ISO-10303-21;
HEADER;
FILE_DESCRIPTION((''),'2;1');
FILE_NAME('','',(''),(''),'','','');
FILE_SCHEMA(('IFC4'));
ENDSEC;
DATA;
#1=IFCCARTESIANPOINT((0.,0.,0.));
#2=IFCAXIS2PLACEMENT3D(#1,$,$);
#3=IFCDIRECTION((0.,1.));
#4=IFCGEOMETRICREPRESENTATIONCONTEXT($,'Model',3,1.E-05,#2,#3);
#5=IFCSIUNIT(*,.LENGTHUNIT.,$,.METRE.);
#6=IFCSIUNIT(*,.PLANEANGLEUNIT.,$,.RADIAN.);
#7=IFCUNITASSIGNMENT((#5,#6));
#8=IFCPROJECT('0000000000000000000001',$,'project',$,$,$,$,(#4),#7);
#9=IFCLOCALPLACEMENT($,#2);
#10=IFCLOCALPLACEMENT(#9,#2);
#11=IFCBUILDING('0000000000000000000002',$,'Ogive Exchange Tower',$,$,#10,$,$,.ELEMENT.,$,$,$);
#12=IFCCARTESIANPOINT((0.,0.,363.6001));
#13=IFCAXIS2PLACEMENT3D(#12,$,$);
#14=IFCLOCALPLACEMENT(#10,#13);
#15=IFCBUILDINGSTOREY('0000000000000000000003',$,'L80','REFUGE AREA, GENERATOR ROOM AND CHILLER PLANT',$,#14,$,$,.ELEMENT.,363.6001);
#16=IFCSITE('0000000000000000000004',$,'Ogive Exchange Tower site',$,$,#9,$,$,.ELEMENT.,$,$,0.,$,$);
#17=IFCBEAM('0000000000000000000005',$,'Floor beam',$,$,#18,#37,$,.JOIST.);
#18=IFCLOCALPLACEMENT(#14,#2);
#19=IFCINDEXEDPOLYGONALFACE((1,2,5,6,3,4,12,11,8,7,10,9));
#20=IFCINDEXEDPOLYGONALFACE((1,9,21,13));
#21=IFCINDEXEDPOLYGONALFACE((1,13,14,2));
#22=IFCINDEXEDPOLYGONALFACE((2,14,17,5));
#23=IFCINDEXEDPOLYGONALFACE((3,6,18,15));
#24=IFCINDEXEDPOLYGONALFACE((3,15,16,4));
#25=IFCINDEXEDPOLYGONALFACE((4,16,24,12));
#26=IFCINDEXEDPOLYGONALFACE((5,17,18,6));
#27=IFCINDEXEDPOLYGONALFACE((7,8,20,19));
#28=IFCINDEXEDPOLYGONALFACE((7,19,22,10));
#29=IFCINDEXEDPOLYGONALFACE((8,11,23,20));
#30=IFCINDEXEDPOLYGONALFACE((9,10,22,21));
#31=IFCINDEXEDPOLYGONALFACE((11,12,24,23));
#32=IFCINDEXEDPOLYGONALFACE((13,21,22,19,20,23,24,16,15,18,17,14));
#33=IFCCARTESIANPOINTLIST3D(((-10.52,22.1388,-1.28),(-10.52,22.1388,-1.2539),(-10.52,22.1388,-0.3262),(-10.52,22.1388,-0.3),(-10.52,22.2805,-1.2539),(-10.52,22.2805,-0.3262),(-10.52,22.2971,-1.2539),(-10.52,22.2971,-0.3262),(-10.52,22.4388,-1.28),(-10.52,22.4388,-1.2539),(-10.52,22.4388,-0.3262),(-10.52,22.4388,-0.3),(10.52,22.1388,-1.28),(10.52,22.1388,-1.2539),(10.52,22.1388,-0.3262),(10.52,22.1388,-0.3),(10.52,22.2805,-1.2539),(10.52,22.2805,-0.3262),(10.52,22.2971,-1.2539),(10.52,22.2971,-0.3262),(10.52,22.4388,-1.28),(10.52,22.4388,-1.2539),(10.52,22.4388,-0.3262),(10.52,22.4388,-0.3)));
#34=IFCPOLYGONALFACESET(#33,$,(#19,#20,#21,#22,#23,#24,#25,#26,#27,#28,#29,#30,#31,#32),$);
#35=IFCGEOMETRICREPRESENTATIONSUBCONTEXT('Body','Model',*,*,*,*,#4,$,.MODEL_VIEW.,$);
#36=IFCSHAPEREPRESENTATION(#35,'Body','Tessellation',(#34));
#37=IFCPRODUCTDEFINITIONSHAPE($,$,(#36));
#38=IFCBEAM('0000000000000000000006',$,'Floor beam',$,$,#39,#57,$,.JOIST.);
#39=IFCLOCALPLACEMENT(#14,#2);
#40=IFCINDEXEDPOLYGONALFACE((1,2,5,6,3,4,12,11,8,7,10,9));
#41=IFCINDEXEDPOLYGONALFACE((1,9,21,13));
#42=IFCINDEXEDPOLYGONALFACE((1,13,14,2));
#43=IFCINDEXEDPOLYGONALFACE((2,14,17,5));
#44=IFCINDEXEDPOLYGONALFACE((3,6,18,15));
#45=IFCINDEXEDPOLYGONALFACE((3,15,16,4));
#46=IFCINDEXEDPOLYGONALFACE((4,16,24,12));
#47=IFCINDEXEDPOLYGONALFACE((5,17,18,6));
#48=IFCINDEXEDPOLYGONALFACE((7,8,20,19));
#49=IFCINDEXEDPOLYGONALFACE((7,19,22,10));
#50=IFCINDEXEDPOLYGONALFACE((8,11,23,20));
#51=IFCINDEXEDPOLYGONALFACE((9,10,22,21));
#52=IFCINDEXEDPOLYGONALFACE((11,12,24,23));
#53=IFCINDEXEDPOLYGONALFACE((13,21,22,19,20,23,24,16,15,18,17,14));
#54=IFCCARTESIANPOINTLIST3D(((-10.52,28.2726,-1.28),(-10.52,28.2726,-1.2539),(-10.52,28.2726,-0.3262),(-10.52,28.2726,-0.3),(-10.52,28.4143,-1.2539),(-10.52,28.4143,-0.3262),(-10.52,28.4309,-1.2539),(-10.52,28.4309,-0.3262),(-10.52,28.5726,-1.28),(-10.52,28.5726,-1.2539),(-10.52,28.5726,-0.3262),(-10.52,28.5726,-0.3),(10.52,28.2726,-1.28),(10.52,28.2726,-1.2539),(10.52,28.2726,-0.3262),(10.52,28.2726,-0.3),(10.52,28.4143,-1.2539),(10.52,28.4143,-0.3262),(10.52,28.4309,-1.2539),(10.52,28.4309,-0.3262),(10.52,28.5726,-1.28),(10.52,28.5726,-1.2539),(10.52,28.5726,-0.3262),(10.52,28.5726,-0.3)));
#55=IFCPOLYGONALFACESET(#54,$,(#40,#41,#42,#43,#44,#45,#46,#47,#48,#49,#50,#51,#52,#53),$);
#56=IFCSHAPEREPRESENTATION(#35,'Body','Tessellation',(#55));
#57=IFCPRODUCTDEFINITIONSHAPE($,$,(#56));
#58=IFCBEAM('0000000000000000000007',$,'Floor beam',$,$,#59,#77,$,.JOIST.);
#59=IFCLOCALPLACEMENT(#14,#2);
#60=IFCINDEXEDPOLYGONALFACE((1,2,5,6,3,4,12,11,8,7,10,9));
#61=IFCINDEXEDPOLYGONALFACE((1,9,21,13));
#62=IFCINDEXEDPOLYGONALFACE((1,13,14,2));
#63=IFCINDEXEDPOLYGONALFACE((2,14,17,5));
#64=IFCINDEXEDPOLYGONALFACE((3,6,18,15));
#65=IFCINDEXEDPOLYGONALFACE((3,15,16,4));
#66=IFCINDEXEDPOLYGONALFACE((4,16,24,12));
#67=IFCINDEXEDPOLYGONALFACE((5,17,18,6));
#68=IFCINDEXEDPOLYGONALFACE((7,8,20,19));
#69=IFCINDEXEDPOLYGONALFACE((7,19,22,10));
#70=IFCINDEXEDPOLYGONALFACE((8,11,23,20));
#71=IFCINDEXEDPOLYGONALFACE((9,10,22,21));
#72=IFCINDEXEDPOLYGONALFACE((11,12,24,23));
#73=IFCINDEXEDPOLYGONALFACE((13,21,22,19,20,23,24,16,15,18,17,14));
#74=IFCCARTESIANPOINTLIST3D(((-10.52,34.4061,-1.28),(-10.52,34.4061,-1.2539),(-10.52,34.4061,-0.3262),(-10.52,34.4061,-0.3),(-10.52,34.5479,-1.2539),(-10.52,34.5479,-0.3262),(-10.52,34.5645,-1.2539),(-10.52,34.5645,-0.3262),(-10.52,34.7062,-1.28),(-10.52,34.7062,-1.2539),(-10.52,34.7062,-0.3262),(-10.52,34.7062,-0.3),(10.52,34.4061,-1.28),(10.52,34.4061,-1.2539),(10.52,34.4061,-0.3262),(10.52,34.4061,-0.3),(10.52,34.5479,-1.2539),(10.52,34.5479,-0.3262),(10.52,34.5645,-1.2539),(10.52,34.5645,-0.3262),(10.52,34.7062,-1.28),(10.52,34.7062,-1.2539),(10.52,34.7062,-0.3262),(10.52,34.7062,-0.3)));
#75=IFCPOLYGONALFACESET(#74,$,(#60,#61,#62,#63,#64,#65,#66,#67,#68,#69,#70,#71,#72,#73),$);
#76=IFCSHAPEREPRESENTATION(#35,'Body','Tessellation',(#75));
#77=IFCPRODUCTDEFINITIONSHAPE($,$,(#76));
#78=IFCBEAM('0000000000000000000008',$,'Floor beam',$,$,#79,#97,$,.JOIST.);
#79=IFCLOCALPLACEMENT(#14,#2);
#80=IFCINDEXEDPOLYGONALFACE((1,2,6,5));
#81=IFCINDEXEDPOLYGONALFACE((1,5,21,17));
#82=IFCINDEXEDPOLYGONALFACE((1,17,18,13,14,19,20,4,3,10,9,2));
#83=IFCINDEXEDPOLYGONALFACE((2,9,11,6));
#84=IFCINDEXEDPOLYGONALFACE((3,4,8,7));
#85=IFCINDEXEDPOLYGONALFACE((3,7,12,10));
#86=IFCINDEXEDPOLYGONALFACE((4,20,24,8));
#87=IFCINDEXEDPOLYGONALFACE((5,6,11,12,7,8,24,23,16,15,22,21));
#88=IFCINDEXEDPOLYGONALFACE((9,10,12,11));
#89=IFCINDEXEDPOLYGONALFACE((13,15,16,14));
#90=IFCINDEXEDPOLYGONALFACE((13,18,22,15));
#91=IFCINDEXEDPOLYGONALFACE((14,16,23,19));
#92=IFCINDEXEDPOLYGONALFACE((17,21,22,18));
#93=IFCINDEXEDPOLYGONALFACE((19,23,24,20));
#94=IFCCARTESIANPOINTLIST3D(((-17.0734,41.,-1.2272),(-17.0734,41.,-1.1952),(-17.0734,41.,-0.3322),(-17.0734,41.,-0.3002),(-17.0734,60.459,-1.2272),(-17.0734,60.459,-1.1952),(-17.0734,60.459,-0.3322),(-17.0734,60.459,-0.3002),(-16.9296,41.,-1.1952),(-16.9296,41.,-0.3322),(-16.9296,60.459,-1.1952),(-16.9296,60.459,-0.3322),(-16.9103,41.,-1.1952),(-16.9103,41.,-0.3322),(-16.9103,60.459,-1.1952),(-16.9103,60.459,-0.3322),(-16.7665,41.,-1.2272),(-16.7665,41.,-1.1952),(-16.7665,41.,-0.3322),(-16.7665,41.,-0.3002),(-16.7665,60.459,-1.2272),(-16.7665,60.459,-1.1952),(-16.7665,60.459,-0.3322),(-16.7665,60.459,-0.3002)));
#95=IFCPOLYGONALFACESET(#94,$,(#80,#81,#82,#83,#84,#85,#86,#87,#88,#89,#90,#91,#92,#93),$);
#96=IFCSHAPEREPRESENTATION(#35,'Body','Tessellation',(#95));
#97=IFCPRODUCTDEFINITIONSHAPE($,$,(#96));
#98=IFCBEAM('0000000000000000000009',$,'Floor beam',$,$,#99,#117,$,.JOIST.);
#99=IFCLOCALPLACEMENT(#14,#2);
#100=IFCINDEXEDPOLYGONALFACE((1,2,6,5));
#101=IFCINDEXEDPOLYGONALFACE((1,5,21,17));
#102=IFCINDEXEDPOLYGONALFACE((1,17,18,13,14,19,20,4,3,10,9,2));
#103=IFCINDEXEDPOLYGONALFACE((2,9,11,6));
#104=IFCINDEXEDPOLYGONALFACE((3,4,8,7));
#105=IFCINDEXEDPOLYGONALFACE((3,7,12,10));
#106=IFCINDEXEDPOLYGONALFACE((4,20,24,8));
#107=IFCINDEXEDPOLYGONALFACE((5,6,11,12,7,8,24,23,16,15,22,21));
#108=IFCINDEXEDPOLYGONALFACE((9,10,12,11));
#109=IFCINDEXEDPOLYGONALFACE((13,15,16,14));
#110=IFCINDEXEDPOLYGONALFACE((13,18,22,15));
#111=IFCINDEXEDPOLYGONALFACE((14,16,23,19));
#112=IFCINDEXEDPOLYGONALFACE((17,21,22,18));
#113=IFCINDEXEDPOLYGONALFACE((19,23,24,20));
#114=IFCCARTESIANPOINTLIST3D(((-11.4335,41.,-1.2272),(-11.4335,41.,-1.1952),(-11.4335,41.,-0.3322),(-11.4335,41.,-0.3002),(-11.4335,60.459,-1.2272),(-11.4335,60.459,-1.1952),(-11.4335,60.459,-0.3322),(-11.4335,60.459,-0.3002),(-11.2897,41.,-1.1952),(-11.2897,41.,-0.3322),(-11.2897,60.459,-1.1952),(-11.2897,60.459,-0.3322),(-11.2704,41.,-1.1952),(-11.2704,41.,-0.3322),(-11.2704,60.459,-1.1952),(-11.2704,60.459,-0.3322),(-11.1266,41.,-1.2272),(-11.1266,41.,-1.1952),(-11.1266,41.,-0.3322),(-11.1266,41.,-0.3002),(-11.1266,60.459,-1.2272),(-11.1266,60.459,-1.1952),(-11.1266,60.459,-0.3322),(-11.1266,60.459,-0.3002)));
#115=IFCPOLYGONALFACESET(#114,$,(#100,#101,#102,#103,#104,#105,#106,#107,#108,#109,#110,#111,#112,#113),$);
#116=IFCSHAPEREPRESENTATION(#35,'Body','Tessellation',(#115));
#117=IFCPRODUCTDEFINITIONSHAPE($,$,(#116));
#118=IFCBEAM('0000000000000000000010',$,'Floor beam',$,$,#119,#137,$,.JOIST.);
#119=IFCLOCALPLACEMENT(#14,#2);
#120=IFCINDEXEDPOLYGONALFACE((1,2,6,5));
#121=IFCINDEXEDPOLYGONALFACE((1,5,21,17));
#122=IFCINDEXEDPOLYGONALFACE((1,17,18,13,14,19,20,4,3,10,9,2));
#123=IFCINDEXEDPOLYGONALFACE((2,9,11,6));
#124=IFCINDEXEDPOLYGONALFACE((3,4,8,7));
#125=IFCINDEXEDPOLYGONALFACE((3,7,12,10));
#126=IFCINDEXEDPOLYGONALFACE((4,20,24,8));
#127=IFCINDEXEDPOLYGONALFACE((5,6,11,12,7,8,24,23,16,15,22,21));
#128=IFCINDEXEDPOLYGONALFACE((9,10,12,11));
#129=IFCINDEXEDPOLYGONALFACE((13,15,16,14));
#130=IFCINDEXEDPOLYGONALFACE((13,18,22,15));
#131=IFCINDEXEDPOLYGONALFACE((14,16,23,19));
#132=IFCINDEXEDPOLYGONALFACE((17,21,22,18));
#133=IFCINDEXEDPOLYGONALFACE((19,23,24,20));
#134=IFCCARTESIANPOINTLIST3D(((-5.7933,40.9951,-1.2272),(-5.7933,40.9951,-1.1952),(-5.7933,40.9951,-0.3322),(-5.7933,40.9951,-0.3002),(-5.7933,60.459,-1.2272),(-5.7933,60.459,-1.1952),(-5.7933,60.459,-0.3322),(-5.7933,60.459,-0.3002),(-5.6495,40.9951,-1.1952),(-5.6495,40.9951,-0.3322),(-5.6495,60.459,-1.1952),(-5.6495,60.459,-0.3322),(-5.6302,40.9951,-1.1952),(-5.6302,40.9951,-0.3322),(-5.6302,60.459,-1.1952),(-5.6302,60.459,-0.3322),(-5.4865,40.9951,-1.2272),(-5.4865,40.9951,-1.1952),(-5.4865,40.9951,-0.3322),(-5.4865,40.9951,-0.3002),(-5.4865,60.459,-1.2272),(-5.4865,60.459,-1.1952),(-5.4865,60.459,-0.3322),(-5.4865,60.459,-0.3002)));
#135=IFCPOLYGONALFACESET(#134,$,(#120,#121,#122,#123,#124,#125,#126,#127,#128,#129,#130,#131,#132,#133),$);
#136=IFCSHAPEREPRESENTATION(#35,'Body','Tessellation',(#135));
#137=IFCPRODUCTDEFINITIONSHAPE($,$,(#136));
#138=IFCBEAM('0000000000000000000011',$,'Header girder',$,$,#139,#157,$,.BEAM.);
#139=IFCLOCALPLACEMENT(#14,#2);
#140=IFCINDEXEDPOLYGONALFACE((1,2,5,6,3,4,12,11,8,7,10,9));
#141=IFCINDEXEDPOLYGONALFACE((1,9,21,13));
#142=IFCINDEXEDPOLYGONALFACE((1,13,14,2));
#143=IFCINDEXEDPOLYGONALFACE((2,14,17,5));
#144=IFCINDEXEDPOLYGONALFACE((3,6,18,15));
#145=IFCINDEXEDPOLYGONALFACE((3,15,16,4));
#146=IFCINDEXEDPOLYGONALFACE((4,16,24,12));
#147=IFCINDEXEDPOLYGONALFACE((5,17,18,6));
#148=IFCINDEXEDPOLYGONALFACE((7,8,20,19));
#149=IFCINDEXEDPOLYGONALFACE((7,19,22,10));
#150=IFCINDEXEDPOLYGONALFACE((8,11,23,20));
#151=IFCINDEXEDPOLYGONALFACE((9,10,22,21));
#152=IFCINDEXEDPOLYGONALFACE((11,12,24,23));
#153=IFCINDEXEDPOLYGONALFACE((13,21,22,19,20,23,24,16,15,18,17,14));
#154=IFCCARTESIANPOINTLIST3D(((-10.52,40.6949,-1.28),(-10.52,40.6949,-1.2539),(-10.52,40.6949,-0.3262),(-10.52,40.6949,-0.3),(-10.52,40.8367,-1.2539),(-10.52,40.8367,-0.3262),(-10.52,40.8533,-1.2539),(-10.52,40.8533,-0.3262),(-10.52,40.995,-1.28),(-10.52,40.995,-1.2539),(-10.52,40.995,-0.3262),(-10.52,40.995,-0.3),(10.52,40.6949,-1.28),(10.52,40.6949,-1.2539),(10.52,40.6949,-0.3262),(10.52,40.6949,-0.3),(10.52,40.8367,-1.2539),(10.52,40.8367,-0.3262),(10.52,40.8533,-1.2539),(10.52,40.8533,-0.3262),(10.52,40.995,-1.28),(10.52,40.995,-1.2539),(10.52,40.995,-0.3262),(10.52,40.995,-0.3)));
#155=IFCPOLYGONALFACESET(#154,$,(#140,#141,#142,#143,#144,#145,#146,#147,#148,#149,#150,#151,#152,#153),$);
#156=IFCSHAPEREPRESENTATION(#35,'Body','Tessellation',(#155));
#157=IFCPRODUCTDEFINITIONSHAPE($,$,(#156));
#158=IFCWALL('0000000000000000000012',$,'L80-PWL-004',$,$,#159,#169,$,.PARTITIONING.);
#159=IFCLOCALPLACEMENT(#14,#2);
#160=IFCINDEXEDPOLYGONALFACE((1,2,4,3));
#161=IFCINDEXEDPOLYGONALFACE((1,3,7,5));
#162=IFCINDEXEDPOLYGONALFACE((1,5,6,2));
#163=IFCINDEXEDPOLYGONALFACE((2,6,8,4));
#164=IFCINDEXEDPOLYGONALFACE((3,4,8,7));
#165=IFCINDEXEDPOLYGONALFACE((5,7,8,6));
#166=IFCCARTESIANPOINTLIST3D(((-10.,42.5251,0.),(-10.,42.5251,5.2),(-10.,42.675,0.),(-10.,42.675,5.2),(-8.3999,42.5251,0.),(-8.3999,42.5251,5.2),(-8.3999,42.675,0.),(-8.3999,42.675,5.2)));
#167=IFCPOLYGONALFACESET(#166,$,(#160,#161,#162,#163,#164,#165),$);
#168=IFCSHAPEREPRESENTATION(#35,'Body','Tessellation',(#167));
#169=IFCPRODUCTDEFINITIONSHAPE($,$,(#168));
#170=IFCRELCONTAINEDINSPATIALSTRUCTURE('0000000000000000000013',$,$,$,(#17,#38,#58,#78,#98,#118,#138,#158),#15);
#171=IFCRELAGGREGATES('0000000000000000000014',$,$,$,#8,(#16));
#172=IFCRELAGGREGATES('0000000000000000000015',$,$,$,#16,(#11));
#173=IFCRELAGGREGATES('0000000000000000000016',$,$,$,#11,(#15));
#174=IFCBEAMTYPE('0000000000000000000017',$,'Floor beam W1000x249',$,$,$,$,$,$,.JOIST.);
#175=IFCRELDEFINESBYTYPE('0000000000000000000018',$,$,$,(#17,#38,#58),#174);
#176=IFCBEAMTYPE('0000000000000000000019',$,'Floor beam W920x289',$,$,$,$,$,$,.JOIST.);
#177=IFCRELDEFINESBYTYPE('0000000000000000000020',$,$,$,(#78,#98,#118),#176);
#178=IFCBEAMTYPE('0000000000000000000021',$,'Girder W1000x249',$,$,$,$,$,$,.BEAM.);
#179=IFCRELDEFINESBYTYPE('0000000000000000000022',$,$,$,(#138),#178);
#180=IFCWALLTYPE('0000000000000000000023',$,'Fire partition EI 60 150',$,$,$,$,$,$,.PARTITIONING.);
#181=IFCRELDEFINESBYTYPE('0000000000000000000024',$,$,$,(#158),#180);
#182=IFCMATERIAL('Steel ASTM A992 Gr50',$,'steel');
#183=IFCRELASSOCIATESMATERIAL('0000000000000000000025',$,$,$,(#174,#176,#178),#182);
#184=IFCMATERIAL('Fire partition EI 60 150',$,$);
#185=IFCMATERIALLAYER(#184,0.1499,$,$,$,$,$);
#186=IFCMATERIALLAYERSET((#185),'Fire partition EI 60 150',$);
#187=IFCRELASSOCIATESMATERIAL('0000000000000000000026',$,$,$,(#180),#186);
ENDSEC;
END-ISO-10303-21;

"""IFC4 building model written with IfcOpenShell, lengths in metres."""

from ifc_helpers import new_model, si_unit, direction, frame, frame_2d, origin, origin_2d, place, context, subcontext, project, spatial, rectangle, i_section, extrude, material, layer, layer_set, material_profile, profile_set, type_object, element, save


model = new_model("IFC4")

# Units and contexts
model_context = context("Model", 3, precision=1e-05, world=origin(), true_north=direction((0.0, 1.0)))
body_context = subcontext(model_context, "Body", "Model", "MODEL_VIEW")
ifc_project = project(units=[si_unit("LENGTHUNIT", "METRE"), si_unit("PLANEANGLEUNIT", "RADIAN")], contexts=[model_context])

# Site, building, storey
site_placement = place(None, origin())
site = spatial("IfcSite", under=ifc_project, at=site_placement, Name="Ogive Exchange Tower site", CompositionType="ELEMENT", RefElevation=0.0)
building_placement = place(site_placement, origin())
building = spatial("IfcBuilding", under=site, at=building_placement, Name="Ogive Exchange Tower", CompositionType="ELEMENT")
storey_placement = place(building_placement, frame((0.0, 0.0, 363.6001)))
storey = spatial("IfcBuildingStorey", under=building, at=storey_placement, Name="L80", Description="REFUGE AREA, GENERATOR ROOM AND CHILLER PLANT", CompositionType="ELEMENT", Elevation=363.6001)

# Beams
ifc_material_1 = material(Name="Steel ASTM A992 Gr50", Category="steel")
ifc_material_profile_1 = material_profile(ifc_material_1, i_section(OverallWidth=0.3, OverallDepth=0.98, WebThickness=0.0166, FlangeThickness=0.0261, at=origin_2d()), Name="W1000x249")
ifc_profile_set_1 = profile_set([ifc_material_profile_1], Name="Steel ASTM A992 Gr50")
beam_type_1 = type_object("IfcBeamType", Name="Floor beam W1000x249", PredefinedType="JOIST", material=ifc_profile_set_1)
for number, where, z_axis, x_axis, name in (
    (1, (-10.52, 22.2888, -0.79), (1.0, 0.0, 0.0), (0.0, 1.0, 0.0), "Floor beam"),
    (2, (-10.52, 28.4226, -0.79), (1.0, 0.0, 0.0), (0.0, 1.0, 0.0), "Floor beam"),
    (3, (-10.52, 34.5562, -0.79), (1.0, 0.0, 0.0), (0.0, 1.0, 0.0), "Floor beam"),
):
    element("IfcBeam", number, at=place(storey_placement, frame(where, z_axis=z_axis, x_axis=x_axis)), inside=storey, type_object=beam_type_1, Name=name, PredefinedType="JOIST", context=body_context, shape_type="SweptSolid", body=[
        extrude(i_section(OverallWidth=0.3, OverallDepth=0.98, WebThickness=0.0166, FlangeThickness=0.0261, at=origin_2d()), origin(), (0.0, 0.0, 1.0), 21.04),
    ])
ifc_material_profile_2 = material_profile(ifc_material_1, i_section(OverallWidth=0.3069, OverallDepth=0.927, WebThickness=0.0193, FlangeThickness=0.032, at=origin_2d()), Name="W920x289")
ifc_profile_set_2 = profile_set([ifc_material_profile_2], Name="Steel ASTM A992 Gr50")
beam_type_2 = type_object("IfcBeamType", Name="Floor beam W920x289", PredefinedType="JOIST", material=ifc_profile_set_2)
for number, where, z_axis, x_axis, name in (
    (4, (-16.9199, 41.0, -0.7637), (0.0, 1.0, 0.0), (-1.0, 0.0, 0.0), "Floor beam"),
    (5, (-11.28, 41.0, -0.7637), (0.0, 1.0, 0.0), (-1.0, 0.0, 0.0), "Floor beam"),
):
    element("IfcBeam", number, at=place(storey_placement, frame(where, z_axis=z_axis, x_axis=x_axis)), inside=storey, type_object=beam_type_2, Name=name, PredefinedType="JOIST", context=body_context, shape_type="SweptSolid", body=[
        extrude(i_section(OverallWidth=0.3069, OverallDepth=0.927, WebThickness=0.0193, FlangeThickness=0.032, at=origin_2d()), origin(), (0.0, 0.0, 1.0), 19.459),
    ])
beam_1_placement = place(storey_placement, frame((-5.6399, 40.9951, -0.7637), z_axis=(0.0, 1.0, 0.0), x_axis=(-1.0, 0.0, 0.0)))
element("IfcBeam", 6, at=beam_1_placement, inside=storey, type_object=beam_type_2, Name="Floor beam", PredefinedType="JOIST", context=body_context, shape_type="SweptSolid", body=[
    extrude(i_section(OverallWidth=0.3069, OverallDepth=0.927, WebThickness=0.0193, FlangeThickness=0.032, at=origin_2d()), origin(), (0.0, 0.0, 1.0), 19.4639),
])
ifc_material_profile_3 = material_profile(ifc_material_1, i_section(OverallWidth=0.3, OverallDepth=0.98, WebThickness=0.0166, FlangeThickness=0.0261, at=origin_2d()), Name="W1000x249")
ifc_profile_set_3 = profile_set([ifc_material_profile_3], Name="Steel ASTM A992 Gr50")
beam_type_3 = type_object("IfcBeamType", Name="Girder W1000x249", PredefinedType="BEAM", material=ifc_profile_set_3)
beam_2_placement = place(storey_placement, frame((-10.52, 40.845, -0.79), z_axis=(1.0, 0.0, 0.0), x_axis=(0.0, 1.0, 0.0)))
element("IfcBeam", 7, at=beam_2_placement, inside=storey, type_object=beam_type_3, Name="Header girder", PredefinedType="BEAM", context=body_context, shape_type="SweptSolid", body=[
    extrude(i_section(OverallWidth=0.3, OverallDepth=0.98, WebThickness=0.0166, FlangeThickness=0.0261, at=origin_2d()), origin(), (0.0, 0.0, 1.0), 21.04),
])

# Wall
ifc_material_2 = material(Name="Fire partition EI 60 150")
ifc_layer_1 = layer(ifc_material_2, 0.1499)
ifc_layer_set_1 = layer_set([ifc_layer_1], Name="Fire partition EI 60 150")
wall_type_1 = type_object("IfcWallType", Name="Fire partition EI 60 150", PredefinedType="PARTITIONING", material=ifc_layer_set_1)
wall_1_placement = place(storey_placement, frame((-10.0, 42.6001, 0.0), z_axis=(0.0, 0.0, 1.0), x_axis=(1.0, 0.0, 0.0)))
element("IfcWall", 8, at=wall_1_placement, inside=storey, type_object=wall_type_1, Name="L80-PWL-004", PredefinedType="PARTITIONING", context=body_context, shape_type="SweptSolid", body=[
    extrude(rectangle(XDim=1.6001, YDim=0.1499, at=frame_2d((0.8, 0.0))), origin(), (0.0, 0.0, 1.0), 5.2),
])

save(model, "model.ifc")
